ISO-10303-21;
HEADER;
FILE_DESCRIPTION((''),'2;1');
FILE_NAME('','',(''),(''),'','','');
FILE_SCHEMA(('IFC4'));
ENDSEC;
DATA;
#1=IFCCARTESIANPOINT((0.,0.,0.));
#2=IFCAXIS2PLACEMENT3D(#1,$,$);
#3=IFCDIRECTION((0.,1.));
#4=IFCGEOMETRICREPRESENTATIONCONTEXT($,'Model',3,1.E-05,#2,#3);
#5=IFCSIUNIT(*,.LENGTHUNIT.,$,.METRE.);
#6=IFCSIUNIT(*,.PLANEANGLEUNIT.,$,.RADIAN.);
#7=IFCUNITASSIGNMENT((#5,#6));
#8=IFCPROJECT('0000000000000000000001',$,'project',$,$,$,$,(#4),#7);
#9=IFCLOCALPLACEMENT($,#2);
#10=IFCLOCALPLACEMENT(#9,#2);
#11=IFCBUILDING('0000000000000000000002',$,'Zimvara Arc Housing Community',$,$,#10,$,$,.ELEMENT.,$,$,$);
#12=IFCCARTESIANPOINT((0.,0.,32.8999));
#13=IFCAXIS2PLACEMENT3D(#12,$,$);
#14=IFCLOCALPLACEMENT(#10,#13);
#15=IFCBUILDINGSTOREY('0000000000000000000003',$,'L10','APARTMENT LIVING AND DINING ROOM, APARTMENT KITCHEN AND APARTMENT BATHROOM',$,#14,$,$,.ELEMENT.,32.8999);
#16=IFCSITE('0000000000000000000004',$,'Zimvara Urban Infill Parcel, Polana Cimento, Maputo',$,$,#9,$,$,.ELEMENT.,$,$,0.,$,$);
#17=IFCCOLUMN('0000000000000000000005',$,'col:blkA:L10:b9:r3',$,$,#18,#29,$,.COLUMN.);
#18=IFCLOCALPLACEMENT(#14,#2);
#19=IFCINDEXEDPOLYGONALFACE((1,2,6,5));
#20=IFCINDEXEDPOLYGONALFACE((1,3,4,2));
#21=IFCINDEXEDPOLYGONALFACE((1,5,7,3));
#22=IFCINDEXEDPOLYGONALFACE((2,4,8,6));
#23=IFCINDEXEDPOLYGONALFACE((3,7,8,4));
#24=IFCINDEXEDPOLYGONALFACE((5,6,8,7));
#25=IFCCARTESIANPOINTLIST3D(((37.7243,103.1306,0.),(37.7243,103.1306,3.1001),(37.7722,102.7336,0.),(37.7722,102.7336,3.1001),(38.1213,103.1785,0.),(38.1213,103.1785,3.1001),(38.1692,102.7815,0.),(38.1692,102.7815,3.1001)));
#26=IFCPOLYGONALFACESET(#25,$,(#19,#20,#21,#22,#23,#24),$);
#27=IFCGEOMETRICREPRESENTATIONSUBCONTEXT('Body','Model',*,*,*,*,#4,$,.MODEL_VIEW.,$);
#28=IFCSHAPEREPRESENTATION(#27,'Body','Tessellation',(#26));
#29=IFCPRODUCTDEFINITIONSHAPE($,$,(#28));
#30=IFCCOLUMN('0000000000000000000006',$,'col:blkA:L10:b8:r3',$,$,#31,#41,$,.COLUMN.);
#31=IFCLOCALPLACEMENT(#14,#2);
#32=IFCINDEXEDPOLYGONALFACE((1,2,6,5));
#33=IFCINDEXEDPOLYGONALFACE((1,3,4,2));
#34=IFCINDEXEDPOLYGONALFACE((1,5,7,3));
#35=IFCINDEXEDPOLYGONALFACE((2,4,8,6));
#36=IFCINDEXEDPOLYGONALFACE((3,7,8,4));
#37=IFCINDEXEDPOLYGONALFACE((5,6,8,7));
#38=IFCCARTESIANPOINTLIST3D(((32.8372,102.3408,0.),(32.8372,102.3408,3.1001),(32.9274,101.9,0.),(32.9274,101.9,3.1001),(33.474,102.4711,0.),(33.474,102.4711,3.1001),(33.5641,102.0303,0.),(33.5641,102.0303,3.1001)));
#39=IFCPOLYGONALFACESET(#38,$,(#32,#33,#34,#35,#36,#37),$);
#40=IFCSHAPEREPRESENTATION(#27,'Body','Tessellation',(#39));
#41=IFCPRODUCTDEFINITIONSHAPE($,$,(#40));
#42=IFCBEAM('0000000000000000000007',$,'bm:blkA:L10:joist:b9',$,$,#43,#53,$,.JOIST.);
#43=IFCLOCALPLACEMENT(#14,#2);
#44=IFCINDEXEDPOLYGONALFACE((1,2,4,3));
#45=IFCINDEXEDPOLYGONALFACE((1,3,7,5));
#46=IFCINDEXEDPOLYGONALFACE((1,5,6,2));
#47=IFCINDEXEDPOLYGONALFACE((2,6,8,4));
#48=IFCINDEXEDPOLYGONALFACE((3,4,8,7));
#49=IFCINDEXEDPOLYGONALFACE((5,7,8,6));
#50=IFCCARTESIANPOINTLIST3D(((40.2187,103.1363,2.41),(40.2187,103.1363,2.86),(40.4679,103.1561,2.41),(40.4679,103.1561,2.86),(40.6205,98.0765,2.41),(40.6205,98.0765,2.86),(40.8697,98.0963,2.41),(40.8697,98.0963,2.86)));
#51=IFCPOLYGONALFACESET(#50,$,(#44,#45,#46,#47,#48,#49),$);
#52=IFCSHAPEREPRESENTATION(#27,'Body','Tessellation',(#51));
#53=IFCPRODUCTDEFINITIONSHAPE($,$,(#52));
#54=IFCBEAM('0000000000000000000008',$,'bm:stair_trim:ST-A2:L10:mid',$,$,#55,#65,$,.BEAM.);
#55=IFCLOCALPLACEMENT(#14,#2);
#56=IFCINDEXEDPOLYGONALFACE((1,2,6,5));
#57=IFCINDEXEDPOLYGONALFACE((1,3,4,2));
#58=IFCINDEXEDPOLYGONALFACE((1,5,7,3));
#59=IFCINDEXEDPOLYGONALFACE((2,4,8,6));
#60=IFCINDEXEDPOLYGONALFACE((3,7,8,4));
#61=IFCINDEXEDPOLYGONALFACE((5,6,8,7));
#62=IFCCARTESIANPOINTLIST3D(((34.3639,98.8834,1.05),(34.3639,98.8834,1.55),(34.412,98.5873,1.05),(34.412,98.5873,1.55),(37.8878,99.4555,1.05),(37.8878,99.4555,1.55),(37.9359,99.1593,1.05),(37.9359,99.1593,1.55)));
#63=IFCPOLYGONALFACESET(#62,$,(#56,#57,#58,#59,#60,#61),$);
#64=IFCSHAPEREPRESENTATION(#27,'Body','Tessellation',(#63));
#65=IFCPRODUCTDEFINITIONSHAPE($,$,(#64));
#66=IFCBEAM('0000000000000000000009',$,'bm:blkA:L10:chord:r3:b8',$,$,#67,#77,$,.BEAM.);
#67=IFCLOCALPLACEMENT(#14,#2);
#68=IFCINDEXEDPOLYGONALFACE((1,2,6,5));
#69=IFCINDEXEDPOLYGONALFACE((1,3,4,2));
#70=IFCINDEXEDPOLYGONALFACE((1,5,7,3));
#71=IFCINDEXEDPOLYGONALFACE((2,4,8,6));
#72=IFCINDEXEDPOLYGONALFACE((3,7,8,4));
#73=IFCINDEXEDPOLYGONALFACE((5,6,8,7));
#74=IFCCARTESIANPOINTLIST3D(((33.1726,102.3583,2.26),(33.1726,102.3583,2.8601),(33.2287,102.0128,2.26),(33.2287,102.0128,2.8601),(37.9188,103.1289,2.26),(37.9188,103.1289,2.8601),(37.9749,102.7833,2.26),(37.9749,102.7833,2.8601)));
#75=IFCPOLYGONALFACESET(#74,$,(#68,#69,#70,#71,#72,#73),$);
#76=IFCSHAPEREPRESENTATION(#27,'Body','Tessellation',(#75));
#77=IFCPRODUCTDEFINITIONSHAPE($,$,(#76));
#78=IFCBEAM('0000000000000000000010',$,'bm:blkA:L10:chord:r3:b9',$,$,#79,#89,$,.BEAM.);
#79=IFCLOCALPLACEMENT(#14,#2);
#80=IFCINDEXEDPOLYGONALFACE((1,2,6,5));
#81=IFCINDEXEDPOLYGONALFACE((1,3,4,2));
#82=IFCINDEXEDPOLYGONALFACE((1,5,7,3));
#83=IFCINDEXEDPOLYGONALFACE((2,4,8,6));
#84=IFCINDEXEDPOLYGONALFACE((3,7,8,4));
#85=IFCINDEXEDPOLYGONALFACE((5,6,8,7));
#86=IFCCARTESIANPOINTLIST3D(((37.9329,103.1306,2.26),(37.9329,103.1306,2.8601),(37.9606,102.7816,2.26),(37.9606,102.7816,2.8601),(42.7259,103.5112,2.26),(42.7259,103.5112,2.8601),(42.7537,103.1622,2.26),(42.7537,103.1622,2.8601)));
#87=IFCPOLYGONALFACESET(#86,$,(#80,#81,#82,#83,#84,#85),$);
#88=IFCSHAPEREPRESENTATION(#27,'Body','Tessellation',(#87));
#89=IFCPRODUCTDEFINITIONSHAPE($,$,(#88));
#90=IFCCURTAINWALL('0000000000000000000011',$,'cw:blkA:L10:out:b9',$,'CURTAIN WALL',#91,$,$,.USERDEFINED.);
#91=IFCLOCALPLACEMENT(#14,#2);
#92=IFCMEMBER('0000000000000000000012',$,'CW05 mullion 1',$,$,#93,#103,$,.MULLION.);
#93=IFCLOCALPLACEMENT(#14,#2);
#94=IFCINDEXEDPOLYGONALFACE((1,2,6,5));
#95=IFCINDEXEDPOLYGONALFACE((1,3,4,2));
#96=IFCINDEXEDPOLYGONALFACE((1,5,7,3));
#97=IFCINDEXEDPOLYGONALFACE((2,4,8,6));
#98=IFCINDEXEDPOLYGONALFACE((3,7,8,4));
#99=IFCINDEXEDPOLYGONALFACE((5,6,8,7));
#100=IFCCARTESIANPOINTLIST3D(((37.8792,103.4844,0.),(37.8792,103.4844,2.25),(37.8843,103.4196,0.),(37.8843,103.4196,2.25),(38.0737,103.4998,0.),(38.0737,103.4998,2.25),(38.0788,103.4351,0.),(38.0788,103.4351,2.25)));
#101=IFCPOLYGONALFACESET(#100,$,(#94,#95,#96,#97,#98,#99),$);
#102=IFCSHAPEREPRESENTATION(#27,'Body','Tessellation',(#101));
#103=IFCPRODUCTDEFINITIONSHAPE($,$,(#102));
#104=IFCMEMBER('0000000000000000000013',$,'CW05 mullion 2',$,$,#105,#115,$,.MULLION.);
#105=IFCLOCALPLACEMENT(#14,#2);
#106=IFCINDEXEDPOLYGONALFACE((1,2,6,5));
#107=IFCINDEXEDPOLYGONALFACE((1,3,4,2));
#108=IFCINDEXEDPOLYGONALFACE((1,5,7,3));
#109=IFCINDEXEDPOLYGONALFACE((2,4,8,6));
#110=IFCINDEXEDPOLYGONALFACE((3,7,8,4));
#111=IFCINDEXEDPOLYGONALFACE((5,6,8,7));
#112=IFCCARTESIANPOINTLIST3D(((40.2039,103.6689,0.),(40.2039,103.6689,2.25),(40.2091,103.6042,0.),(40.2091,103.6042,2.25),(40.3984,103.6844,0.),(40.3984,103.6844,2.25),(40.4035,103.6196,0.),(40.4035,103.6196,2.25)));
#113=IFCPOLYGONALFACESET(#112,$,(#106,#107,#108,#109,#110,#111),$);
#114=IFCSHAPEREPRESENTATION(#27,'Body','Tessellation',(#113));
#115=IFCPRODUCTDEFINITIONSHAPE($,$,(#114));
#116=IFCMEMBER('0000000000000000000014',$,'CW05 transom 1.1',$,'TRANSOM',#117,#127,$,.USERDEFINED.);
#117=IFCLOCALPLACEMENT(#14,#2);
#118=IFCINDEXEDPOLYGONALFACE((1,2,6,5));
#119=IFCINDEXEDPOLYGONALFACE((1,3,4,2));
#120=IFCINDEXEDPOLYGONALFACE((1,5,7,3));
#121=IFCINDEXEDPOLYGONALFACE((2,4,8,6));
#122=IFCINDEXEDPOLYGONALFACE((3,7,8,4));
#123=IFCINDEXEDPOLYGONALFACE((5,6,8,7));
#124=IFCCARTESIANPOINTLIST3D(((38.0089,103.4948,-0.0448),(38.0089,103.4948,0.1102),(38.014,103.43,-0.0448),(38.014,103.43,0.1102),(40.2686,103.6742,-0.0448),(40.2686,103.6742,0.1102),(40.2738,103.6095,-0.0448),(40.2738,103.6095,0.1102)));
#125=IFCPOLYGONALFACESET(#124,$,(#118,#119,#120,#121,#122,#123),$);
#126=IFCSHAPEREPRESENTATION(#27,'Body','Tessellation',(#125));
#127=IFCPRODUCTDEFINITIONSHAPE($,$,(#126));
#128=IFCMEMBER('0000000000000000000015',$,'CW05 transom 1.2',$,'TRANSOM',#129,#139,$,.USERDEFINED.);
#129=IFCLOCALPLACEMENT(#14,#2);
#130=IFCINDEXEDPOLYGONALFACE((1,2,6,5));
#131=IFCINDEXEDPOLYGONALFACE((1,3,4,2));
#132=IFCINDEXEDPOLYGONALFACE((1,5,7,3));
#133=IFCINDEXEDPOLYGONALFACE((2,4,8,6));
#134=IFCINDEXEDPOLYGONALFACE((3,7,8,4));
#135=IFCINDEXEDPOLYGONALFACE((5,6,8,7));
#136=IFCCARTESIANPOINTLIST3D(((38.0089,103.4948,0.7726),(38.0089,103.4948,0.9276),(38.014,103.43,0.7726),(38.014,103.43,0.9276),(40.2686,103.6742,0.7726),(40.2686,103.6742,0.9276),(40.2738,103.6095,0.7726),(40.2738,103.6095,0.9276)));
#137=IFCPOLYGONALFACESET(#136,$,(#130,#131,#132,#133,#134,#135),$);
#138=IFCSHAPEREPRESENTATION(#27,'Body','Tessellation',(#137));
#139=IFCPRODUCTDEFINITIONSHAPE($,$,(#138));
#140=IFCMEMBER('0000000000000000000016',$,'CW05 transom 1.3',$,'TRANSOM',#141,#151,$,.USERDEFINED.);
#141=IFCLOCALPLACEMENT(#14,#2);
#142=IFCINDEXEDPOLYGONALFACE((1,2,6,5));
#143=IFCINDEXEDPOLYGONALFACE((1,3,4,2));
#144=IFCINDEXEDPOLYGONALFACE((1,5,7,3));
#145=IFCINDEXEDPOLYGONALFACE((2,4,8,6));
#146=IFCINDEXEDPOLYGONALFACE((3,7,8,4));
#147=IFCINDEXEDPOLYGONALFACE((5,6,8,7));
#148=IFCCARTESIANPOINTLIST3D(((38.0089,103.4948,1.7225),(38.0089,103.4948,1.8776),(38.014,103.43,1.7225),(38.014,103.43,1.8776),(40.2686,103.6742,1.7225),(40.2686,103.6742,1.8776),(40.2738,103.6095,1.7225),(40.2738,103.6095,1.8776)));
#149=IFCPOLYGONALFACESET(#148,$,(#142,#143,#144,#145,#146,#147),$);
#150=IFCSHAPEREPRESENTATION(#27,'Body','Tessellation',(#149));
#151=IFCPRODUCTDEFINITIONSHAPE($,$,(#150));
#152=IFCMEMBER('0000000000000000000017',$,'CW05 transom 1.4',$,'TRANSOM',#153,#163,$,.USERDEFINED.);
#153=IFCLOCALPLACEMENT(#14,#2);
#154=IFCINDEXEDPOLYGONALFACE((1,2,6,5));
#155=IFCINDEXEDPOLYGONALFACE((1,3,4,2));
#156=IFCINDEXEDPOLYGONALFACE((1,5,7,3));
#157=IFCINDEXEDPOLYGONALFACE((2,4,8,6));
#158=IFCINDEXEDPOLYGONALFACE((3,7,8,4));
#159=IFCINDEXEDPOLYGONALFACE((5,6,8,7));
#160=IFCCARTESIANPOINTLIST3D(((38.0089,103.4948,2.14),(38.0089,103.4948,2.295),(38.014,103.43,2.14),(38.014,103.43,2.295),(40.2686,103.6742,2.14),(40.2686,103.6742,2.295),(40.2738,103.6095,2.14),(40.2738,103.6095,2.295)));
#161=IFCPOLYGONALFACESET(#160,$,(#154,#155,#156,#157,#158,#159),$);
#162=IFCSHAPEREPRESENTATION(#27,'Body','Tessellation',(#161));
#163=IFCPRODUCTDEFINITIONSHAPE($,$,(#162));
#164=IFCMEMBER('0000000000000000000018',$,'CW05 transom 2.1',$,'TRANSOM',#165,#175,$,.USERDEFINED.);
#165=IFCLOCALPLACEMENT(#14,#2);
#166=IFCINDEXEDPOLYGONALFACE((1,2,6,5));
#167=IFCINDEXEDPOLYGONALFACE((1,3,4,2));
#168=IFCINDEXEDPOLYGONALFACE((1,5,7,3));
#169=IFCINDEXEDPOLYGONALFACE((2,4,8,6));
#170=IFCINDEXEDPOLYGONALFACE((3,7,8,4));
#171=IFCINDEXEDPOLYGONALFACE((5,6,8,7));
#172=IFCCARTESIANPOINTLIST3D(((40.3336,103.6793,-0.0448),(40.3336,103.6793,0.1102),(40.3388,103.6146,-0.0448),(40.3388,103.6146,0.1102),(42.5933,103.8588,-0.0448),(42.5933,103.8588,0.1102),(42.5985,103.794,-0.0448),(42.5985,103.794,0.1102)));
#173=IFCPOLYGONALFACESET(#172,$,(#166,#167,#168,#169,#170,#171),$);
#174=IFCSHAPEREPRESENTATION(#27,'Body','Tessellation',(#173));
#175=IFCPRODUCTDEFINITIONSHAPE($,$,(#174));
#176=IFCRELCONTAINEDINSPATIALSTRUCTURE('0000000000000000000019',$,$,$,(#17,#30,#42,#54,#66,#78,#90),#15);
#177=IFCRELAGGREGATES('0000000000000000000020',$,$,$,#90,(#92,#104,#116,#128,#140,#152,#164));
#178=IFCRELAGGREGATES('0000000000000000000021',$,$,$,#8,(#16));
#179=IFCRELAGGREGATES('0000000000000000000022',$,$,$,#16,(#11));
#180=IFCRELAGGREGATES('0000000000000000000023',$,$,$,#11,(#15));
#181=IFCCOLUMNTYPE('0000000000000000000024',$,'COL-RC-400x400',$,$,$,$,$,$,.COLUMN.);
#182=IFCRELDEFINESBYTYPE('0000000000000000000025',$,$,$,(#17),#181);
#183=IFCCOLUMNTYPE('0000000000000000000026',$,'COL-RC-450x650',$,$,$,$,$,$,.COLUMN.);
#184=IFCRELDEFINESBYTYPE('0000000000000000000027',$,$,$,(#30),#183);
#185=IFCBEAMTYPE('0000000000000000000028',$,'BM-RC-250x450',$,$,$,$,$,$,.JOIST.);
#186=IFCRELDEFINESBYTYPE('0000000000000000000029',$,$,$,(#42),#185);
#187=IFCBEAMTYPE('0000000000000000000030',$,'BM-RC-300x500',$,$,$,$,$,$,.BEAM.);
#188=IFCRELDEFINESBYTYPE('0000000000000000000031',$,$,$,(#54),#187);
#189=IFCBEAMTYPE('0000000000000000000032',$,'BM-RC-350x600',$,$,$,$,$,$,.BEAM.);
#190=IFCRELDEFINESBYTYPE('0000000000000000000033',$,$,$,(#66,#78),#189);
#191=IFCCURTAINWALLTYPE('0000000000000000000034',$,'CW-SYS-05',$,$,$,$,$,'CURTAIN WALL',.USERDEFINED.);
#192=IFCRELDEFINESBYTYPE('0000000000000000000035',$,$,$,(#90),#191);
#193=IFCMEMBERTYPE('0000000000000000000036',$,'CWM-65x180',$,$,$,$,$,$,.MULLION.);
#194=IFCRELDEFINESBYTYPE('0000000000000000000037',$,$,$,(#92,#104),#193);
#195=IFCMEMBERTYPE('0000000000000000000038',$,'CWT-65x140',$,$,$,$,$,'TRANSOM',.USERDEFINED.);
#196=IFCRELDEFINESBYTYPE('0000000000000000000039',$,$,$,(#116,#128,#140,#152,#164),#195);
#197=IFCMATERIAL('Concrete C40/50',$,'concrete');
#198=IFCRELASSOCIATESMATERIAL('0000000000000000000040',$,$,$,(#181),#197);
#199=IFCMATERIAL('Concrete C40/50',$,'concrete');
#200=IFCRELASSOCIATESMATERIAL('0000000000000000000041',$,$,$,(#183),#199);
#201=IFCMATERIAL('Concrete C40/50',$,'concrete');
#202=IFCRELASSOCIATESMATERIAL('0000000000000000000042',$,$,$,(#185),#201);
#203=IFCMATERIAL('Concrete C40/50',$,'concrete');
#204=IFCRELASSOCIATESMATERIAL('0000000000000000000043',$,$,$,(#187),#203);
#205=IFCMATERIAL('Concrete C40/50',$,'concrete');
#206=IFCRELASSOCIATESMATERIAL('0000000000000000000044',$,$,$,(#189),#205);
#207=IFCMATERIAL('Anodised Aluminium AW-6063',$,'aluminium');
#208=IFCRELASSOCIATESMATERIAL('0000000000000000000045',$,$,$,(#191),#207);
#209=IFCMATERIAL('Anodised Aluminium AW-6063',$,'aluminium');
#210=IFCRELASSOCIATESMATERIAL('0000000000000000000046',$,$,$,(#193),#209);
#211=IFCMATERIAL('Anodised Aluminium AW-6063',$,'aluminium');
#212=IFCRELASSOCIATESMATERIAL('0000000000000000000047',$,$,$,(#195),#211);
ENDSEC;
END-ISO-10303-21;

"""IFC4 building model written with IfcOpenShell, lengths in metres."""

from ifc_helpers import new_model, si_unit, direction, frame, origin, origin_2d, place, context, subcontext, project, spatial, rectangle, extrude, material, material_profile, profile_set, type_object, element, aggregate, save


model = new_model("IFC4")

# Units and contexts
model_context = context("Model", 3, precision=1e-05, world=origin(), true_north=direction((0.0, 1.0)))
body_context = subcontext(model_context, "Body", "Model", "MODEL_VIEW")
ifc_project = project(units=[si_unit("LENGTHUNIT", "METRE"), si_unit("PLANEANGLEUNIT", "RADIAN")], contexts=[model_context])

# Site, building, storey
site_placement = place(None, origin())
site = spatial("IfcSite", under=ifc_project, at=site_placement, Name="Zimvara Urban Infill Parcel, Polana Cimento, Maputo", CompositionType="ELEMENT", RefElevation=0.0)
building_placement = place(site_placement, origin())
building = spatial("IfcBuilding", under=site, at=building_placement, Name="Zimvara Arc Housing Community", CompositionType="ELEMENT")
storey_placement = place(building_placement, frame((0.0, 0.0, 32.8999)))
storey = spatial("IfcBuildingStorey", under=building, at=storey_placement, Name="L10", Description="APARTMENT LIVING AND DINING ROOM, APARTMENT KITCHEN AND APARTMENT BATHROOM", CompositionType="ELEMENT", Elevation=32.8999)

# Columns
ifc_material_1 = material(Name="Concrete C40/50", Category="concrete")
ifc_material_profile_1 = material_profile(ifc_material_1, rectangle(XDim=0.3999, YDim=0.3999, at=origin_2d()), Name="RC 400x400")
ifc_profile_set_1 = profile_set([ifc_material_profile_1], Name="Concrete C40/50")
column_type_1 = type_object("IfcColumnType", Name="COL-RC-400x400", PredefinedType="COLUMN", material=ifc_profile_set_1)
column_1_placement = place(storey_placement, frame((37.9468, 102.9561, 0.0), z_axis=(0.0, 0.0, 1.0), x_axis=(-0.11979, 0.992799, 0.0)))
element("IfcColumn", 1, at=column_1_placement, inside=storey, type_object=column_type_1, Name="col:blkA:L10:b9:r3", PredefinedType="COLUMN", context=body_context, shape_type="SweptSolid", body=[
    extrude(rectangle(XDim=0.3999, YDim=0.3999, at=origin_2d()), origin(), (0.0, 0.0, 1.0), 3.1001),
])
ifc_material_2 = material(Name="Concrete C40/50", Category="concrete")
ifc_material_profile_2 = material_profile(ifc_material_2, rectangle(XDim=0.45, YDim=0.6499, at=origin_2d()), Name="RC 450x650")
ifc_profile_set_2 = profile_set([ifc_material_profile_2], Name="Concrete C40/50")
column_type_2 = type_object("IfcColumnType", Name="COL-RC-450x650", PredefinedType="COLUMN", material=ifc_profile_set_2)
column_2_placement = place(storey_placement, frame((33.2007, 102.1855, 0.0), z_axis=(0.0, 0.0, 1.0), x_axis=(-0.200394, 0.979715, 0.0)))
element("IfcColumn", 2, at=column_2_placement, inside=storey, type_object=column_type_2, Name="col:blkA:L10:b8:r3", PredefinedType="COLUMN", context=body_context, shape_type="SweptSolid", body=[
    extrude(rectangle(XDim=0.45, YDim=0.6499, at=origin_2d()), origin(), (0.0, 0.0, 1.0), 3.1001),
])

# Beams
ifc_material_3 = material(Name="Concrete C40/50", Category="concrete")
ifc_material_profile_3 = material_profile(ifc_material_3, rectangle(XDim=0.25, YDim=0.45, at=origin_2d()), Name="RC 250x450")
ifc_profile_set_3 = profile_set([ifc_material_profile_3], Name="Concrete C40/50")
beam_type_1 = type_object("IfcBeamType", Name="BM-RC-250x450", PredefinedType="JOIST", material=ifc_profile_set_3)
beam_1_placement = place(storey_placement, frame((40.7451, 98.0864, 2.635), z_axis=(-0.079172, 0.996861, 0.0), x_axis=(-0.996861, -0.079172, 0.0)))
element("IfcBeam", 3, at=beam_1_placement, inside=storey, type_object=beam_type_1, Name="bm:blkA:L10:joist:b9", PredefinedType="JOIST", context=body_context, shape_type="SweptSolid", body=[
    extrude(rectangle(XDim=0.25, YDim=0.45, at=origin_2d()), origin(), (0.0, 0.0, 1.0), 5.0757),
])
ifc_material_4 = material(Name="Concrete C40/50", Category="concrete")
ifc_material_profile_4 = material_profile(ifc_material_4, rectangle(XDim=0.3, YDim=0.5, at=origin_2d()), Name="RC 300x500")
ifc_profile_set_4 = profile_set([ifc_material_profile_4], Name="Concrete C40/50")
beam_type_2 = type_object("IfcBeamType", Name="BM-RC-300x500", PredefinedType="BEAM", material=ifc_profile_set_4)
beam_2_placement = place(storey_placement, frame((37.9119, 99.3074, 1.3), z_axis=(-0.98708, -0.160228, 0.0), x_axis=(0.160228, -0.98708, 0.0)))
element("IfcBeam", 4, at=beam_2_placement, inside=storey, type_object=beam_type_2, Name="bm:stair_trim:ST-A2:L10:mid", PredefinedType="BEAM", context=body_context, shape_type="SweptSolid", body=[
    extrude(rectangle(XDim=0.3, YDim=0.5, at=origin_2d()), origin(), (0.0, 0.0, 1.0), 3.5701),
])
ifc_material_5 = material(Name="Concrete C40/50", Category="concrete")
ifc_material_profile_5 = material_profile(ifc_material_5, rectangle(XDim=0.3501, YDim=0.6001, at=origin_2d()), Name="RC 350x600")
ifc_profile_set_5 = profile_set([ifc_material_profile_5], Name="Concrete C40/50")
beam_type_3 = type_object("IfcBeamType", Name="BM-RC-350x600", PredefinedType="BEAM", material=ifc_profile_set_5)
beam_3_placement = place(storey_placement, frame((33.2007, 102.1855, 2.5601), z_axis=(0.987077, 0.160248, 0.0), x_axis=(-0.160248, 0.987077, 0.0)))
element("IfcBeam", 5, at=beam_3_placement, inside=storey, type_object=beam_type_3, Name="bm:blkA:L10:chord:r3:b8", PredefinedType="BEAM", context=body_context, shape_type="SweptSolid", body=[
    extrude(rectangle(XDim=0.3501, YDim=0.6001, at=origin_2d()), origin(), (0.0, 0.0, 1.0), 4.8083),
])
beam_4_placement = place(storey_placement, frame((37.9468, 102.9561, 2.5601), z_axis=(0.996862, 0.079162, 0.0), x_axis=(-0.079162, 0.996862, 0.0)))
element("IfcBeam", 6, at=beam_4_placement, inside=storey, type_object=beam_type_3, Name="bm:blkA:L10:chord:r3:b9", PredefinedType="BEAM", context=body_context, shape_type="SweptSolid", body=[
    extrude(rectangle(XDim=0.3501, YDim=0.6001, at=origin_2d()), origin(), (0.0, 0.0, 1.0), 4.8081),
])

# Curtain wall, members
ifc_material_6 = material(Name="Anodised Aluminium AW-6063", Category="aluminium")
curtain_wall_type = type_object("IfcCurtainWallType", Name="CW-SYS-05", ElementType="CURTAIN WALL", PredefinedType="USERDEFINED", material=ifc_material_6)
curtain_wall_placement = place(storey_placement, origin())
curtain_wall = element("IfcCurtainWall", 7, at=curtain_wall_placement, inside=storey, type_object=curtain_wall_type, Name="cw:blkA:L10:out:b9", ObjectType="CURTAIN WALL", PredefinedType="USERDEFINED")
ifc_material_7 = material(Name="Anodised Aluminium AW-6063", Category="aluminium")
ifc_material_profile_6 = material_profile(ifc_material_7, rectangle(XDim=0.0649, YDim=0.1951, at=origin_2d()), Name="ALU 65x195")
ifc_profile_set_6 = profile_set([ifc_material_profile_6], Name="Anodised Aluminium AW-6063")
member_type_1 = type_object("IfcMemberType", Name="CWM-65x180", PredefinedType="MULLION", material=ifc_profile_set_6)
member_1_placement = place(storey_placement, frame((37.979, 103.4597, 0.0), z_axis=(0.0, 0.0, 1.0), x_axis=(-0.079154, 0.996862, 0.0)))
member_1 = element("IfcMember", 8, at=member_1_placement, type_object=member_type_1, Name="CW05 mullion 1", PredefinedType="MULLION", context=body_context, shape_type="SweptSolid", body=[
    extrude(rectangle(XDim=0.0649, YDim=0.1951, at=origin_2d()), origin(), (0.0, 0.0, 1.0), 2.25),
])
member_2_placement = place(storey_placement, frame((40.3037, 103.6443, 0.0), z_axis=(0.0, 0.0, 1.0), x_axis=(-0.079154, 0.996862, 0.0)))
member_2 = element("IfcMember", 9, at=member_2_placement, type_object=member_type_1, Name="CW05 mullion 2", PredefinedType="MULLION", context=body_context, shape_type="SweptSolid", body=[
    extrude(rectangle(XDim=0.0649, YDim=0.1951, at=origin_2d()), origin(), (0.0, 0.0, 1.0), 2.25),
])
ifc_material_8 = material(Name="Anodised Aluminium AW-6063", Category="aluminium")
ifc_material_profile_7 = material_profile(ifc_material_8, rectangle(XDim=0.0649, YDim=0.155, at=origin_2d()), Name="ALU 65x155")
ifc_profile_set_7 = profile_set([ifc_material_profile_7], Name="Anodised Aluminium AW-6063")
member_type_2 = type_object("IfcMemberType", Name="CWT-65x140", ElementType="TRANSOM", PredefinedType="USERDEFINED", material=ifc_profile_set_7)
member_3_placement = place(storey_placement, frame((38.0115, 103.4624, 0.0327), z_axis=(0.996862, 0.079159, 0.0), x_axis=(-0.079159, 0.996862, 0.0)))
member_3 = element("IfcMember", 10, at=member_3_placement, type_object=member_type_2, Name="CW05 transom 1.1", ObjectType="TRANSOM", PredefinedType="USERDEFINED", context=body_context, shape_type="SweptSolid", body=[
    extrude(rectangle(XDim=0.0649, YDim=0.155, at=origin_2d()), origin(), (0.0, 0.0, 1.0), 2.2668),
])
member_4_placement = place(storey_placement, frame((38.0115, 103.4624, 0.8501), z_axis=(0.996862, 0.079159, 0.0), x_axis=(-0.079159, 0.996862, 0.0)))
member_4 = element("IfcMember", 11, at=member_4_placement, type_object=member_type_2, Name="CW05 transom 1.2", ObjectType="TRANSOM", PredefinedType="USERDEFINED", context=body_context, shape_type="SweptSolid", body=[
    extrude(rectangle(XDim=0.0649, YDim=0.155, at=origin_2d()), origin(), (0.0, 0.0, 1.0), 2.2668),
])
member_5_placement = place(storey_placement, frame((38.0115, 103.4624, 1.8), z_axis=(0.996862, 0.079159, 0.0), x_axis=(-0.079159, 0.996862, 0.0)))
member_5 = element("IfcMember", 12, at=member_5_placement, type_object=member_type_2, Name="CW05 transom 1.3", ObjectType="TRANSOM", PredefinedType="USERDEFINED", context=body_context, shape_type="SweptSolid", body=[
    extrude(rectangle(XDim=0.0649, YDim=0.155, at=origin_2d()), origin(), (0.0, 0.0, 1.0), 2.2668),
])
member_6_placement = place(storey_placement, frame((38.0115, 103.4624, 2.2175), z_axis=(0.996862, 0.079159, 0.0), x_axis=(-0.079159, 0.996862, 0.0)))
member_6 = element("IfcMember", 13, at=member_6_placement, type_object=member_type_2, Name="CW05 transom 1.4", ObjectType="TRANSOM", PredefinedType="USERDEFINED", context=body_context, shape_type="SweptSolid", body=[
    extrude(rectangle(XDim=0.0649, YDim=0.155, at=origin_2d()), origin(), (0.0, 0.0, 1.0), 2.2668),
])
member_7_placement = place(storey_placement, frame((40.3362, 103.647, 0.0327), z_axis=(0.996862, 0.079159, 0.0), x_axis=(-0.079159, 0.996862, 0.0)))
member_7 = element("IfcMember", 14, at=member_7_placement, type_object=member_type_2, Name="CW05 transom 2.1", ObjectType="TRANSOM", PredefinedType="USERDEFINED", context=body_context, shape_type="SweptSolid", body=[
    extrude(rectangle(XDim=0.0649, YDim=0.155, at=origin_2d()), origin(), (0.0, 0.0, 1.0), 2.2668),
])
aggregate(curtain_wall, [member_1, member_2, member_3, member_4, member_5, member_6, member_7])

save(model, "model.ifc")
